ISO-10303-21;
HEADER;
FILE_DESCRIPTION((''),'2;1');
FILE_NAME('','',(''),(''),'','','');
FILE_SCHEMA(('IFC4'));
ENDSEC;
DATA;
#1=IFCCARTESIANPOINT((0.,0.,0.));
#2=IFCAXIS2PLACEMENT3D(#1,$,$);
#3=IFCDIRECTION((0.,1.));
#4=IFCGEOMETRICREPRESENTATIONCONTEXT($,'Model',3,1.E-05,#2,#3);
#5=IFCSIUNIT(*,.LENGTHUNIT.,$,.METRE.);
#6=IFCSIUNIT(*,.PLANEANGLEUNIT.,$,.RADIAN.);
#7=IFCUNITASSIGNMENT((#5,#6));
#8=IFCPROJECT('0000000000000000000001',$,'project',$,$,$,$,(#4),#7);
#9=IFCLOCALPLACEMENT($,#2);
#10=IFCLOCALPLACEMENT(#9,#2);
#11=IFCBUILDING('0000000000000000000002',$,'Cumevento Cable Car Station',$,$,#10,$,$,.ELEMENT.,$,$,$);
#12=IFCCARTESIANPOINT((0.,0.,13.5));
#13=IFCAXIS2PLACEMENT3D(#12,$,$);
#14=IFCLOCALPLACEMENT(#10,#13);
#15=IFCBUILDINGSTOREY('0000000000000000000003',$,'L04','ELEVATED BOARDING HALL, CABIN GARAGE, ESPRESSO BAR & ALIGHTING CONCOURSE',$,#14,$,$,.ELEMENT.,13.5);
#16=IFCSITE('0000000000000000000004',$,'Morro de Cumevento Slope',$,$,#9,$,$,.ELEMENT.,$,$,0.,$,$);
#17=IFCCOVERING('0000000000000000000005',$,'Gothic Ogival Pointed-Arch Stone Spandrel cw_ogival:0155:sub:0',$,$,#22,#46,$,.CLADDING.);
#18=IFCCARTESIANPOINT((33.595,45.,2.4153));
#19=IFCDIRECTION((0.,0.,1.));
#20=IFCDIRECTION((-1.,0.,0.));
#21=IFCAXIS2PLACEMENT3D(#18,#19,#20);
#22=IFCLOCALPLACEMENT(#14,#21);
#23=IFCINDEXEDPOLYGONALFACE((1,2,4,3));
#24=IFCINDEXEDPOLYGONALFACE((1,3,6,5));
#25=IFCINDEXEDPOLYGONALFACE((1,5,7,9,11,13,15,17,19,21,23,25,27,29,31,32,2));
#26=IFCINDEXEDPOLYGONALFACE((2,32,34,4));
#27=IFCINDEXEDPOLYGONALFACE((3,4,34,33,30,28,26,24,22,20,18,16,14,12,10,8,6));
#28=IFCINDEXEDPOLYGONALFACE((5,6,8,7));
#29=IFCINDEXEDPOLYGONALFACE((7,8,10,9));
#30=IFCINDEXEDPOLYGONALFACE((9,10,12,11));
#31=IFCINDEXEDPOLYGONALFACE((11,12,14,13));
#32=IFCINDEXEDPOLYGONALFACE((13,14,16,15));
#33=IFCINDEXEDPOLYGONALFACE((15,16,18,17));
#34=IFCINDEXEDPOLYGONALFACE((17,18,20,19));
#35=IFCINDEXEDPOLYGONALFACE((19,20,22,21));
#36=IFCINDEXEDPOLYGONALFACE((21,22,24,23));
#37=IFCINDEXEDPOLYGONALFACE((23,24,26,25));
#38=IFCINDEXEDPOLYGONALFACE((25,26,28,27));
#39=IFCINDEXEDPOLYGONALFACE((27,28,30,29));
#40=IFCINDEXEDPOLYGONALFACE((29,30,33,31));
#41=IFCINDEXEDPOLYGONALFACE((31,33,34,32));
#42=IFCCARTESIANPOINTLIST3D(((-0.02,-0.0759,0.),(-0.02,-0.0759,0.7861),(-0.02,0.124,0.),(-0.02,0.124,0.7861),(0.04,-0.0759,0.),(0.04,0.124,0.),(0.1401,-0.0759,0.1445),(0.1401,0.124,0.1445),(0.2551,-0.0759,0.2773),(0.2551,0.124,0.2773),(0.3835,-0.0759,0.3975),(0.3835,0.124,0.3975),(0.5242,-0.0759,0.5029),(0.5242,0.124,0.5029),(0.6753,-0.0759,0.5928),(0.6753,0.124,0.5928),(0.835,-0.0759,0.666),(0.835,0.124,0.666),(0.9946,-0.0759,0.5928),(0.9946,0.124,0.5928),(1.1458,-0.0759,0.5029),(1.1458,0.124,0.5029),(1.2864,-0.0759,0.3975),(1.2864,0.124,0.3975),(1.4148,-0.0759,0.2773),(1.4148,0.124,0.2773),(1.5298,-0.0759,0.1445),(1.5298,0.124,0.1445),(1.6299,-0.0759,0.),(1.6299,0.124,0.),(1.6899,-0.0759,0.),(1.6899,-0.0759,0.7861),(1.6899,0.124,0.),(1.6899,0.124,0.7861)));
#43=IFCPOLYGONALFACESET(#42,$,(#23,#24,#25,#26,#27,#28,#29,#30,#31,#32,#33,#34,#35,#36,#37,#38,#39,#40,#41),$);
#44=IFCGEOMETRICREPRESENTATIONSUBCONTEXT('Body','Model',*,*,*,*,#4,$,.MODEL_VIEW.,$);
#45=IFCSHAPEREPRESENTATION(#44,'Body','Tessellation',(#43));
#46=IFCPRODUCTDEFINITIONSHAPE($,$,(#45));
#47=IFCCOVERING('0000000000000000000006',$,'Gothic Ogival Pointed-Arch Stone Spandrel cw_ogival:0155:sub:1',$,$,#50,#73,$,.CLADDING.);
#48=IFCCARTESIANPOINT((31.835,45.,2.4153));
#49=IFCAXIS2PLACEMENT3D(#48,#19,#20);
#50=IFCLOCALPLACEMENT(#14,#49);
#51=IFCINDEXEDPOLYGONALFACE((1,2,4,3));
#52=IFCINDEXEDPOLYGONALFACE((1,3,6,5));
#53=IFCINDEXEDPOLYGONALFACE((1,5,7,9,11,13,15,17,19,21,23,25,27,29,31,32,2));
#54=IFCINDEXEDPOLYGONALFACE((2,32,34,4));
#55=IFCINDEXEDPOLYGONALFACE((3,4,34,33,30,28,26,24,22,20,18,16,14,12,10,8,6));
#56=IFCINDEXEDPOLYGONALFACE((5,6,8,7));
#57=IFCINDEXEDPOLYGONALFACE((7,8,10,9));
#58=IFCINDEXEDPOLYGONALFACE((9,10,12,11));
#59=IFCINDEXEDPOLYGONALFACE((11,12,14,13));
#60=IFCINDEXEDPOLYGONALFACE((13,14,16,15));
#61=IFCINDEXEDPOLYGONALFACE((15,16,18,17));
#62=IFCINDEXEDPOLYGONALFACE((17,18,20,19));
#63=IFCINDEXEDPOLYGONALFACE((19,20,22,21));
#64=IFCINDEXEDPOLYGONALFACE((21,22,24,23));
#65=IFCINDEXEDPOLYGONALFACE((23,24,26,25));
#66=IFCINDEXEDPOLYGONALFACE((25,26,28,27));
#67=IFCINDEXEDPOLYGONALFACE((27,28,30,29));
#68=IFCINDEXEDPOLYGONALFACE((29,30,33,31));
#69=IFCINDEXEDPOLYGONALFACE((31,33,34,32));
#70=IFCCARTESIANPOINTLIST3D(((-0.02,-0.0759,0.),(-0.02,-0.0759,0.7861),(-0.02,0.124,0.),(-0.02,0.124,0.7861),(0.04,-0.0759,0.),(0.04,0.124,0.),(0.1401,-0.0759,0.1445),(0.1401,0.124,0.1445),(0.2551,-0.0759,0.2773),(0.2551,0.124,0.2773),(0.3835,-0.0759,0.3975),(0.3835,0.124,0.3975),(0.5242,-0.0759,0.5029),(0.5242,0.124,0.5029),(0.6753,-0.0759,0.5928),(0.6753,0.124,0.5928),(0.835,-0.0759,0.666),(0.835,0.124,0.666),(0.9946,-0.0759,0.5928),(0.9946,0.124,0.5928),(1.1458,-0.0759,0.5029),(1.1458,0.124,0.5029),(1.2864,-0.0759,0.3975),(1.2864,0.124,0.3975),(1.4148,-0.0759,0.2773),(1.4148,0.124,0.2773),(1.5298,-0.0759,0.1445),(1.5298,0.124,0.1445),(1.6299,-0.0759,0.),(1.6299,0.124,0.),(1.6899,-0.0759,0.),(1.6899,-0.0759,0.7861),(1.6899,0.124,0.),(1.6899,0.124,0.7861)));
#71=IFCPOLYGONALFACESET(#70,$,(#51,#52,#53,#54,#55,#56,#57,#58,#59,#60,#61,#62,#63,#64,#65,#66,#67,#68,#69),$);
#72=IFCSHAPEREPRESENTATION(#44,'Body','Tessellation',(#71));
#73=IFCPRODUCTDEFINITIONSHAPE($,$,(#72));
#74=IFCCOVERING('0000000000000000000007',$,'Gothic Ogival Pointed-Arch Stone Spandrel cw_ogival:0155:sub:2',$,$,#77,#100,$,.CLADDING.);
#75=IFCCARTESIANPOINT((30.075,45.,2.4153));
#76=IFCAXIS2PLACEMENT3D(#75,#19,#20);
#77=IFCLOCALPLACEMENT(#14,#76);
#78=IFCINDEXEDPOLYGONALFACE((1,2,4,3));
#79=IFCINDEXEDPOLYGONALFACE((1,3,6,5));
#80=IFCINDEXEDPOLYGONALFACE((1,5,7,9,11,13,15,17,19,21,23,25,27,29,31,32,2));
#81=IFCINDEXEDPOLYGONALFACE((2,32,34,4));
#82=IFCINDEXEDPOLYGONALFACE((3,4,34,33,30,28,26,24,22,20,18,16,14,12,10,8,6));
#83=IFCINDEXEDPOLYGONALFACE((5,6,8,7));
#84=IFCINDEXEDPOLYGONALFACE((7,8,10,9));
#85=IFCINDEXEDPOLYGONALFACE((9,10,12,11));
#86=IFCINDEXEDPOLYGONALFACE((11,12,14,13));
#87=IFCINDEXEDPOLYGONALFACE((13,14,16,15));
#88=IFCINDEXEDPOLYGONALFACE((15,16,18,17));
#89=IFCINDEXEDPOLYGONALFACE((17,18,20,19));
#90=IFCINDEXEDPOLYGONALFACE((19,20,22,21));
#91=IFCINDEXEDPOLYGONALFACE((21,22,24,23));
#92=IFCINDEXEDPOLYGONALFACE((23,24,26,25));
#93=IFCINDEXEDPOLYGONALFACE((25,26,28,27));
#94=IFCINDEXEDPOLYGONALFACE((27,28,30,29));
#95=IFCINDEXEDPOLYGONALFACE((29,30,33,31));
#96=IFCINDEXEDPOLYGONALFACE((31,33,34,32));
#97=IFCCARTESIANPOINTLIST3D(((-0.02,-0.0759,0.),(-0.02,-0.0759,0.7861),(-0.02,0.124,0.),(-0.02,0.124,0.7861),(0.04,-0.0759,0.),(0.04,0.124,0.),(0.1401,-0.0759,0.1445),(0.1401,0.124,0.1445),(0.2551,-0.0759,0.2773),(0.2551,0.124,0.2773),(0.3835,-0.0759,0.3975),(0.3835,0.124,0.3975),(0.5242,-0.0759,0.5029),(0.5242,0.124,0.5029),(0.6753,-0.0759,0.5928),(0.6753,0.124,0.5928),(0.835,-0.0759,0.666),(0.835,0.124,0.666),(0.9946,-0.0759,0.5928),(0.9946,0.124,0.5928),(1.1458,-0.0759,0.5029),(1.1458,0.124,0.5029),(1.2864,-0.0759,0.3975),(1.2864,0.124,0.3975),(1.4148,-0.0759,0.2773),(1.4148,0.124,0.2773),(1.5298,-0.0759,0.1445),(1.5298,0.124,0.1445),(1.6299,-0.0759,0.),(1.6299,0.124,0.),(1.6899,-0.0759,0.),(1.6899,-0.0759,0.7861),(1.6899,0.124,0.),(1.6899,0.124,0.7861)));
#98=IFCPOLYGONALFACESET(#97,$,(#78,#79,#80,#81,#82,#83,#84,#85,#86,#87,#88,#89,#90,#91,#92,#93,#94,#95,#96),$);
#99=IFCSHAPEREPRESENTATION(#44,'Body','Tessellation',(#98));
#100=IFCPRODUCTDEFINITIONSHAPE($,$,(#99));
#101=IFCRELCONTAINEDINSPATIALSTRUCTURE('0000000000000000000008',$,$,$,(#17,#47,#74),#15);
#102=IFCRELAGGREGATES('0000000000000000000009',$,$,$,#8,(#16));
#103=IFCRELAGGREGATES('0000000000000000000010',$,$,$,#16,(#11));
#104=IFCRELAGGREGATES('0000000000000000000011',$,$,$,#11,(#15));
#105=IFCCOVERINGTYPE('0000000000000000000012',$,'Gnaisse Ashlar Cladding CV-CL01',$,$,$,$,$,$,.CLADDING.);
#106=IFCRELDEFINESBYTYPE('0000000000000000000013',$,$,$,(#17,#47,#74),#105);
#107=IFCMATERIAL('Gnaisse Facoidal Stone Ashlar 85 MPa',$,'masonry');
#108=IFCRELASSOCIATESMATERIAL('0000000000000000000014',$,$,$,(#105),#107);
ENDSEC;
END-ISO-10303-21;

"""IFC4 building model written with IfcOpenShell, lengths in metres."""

from ifc_helpers import new_model, si_unit, direction, frame, origin, place, context, subcontext, project, spatial, polyline, outline, extrude, material, type_object, element, save


model = new_model("IFC4")

# Units and contexts
model_context = context("Model", 3, precision=1e-05, world=origin(), true_north=direction((0.0, 1.0)))
body_context = subcontext(model_context, "Body", "Model", "MODEL_VIEW")
ifc_project = project(units=[si_unit("LENGTHUNIT", "METRE"), si_unit("PLANEANGLEUNIT", "RADIAN")], contexts=[model_context])

# Site, building, storey
site_placement = place(None, origin())
site = spatial("IfcSite", under=ifc_project, at=site_placement, Name="Morro de Cumevento Slope", CompositionType="ELEMENT", RefElevation=0.0)
building_placement = place(site_placement, origin())
building = spatial("IfcBuilding", under=site, at=building_placement, Name="Cumevento Cable Car Station", CompositionType="ELEMENT")
storey_placement = place(building_placement, frame((0.0, 0.0, 13.5)))
storey = spatial("IfcBuildingStorey", under=building, at=storey_placement, Name="L04", Description="ELEVATED BOARDING HALL, CABIN GARAGE, ESPRESSO BAR & ALIGHTING CONCOURSE", CompositionType="ELEMENT", Elevation=13.5)

# Coverings
ifc_material_1 = material(Name="Gnaisse Facoidal Stone Ashlar 85 MPa", Category="masonry")
covering_type = type_object("IfcCoveringType", Name="Gnaisse Ashlar Cladding CV-CL01", PredefinedType="CLADDING", material=ifc_material_1)
for number, where, z_axis, x_axis, name in (
    (1, (33.595, 45.0, 2.4153), (0.0, 0.0, 1.0), (-1.0, 0.0, 0.0), "Gothic Ogival Pointed-Arch Stone Spandrel cw_ogival:0155:sub:0"),
    (2, (31.835, 45.0, 2.4153), (0.0, 0.0, 1.0), (-1.0, 0.0, 0.0), "Gothic Ogival Pointed-Arch Stone Spandrel cw_ogival:0155:sub:1"),
    (3, (30.075, 45.0, 2.4153), (0.0, 0.0, 1.0), (-1.0, 0.0, 0.0), "Gothic Ogival Pointed-Arch Stone Spandrel cw_ogival:0155:sub:2"),
):
    element("IfcCovering", number, at=place(storey_placement, frame(where, z_axis=z_axis, x_axis=x_axis)), inside=storey, type_object=covering_type, Name=name, PredefinedType="CLADDING", context=body_context, shape_type="SweptSolid", body=[
        extrude(outline(polyline([(-0.02, 0.0), (-0.02, 0.7861), (1.6899, 0.7861), (1.6899, 0.0), (1.6299, 0.0), (1.5298, 0.1445), (1.4148, 0.2773), (1.2864, 0.3975), (1.1458, 0.5029), (0.9946, 0.5928), (0.835, 0.666), (0.6753, 0.5928), (0.5242, 0.5029), (0.3835, 0.3975), (0.2551, 0.2773), (0.1401, 0.1445), (0.04, 0.0), (-0.02, 0.0)])), frame((0.0, 0.124, 0.0), z_axis=(0.0, -1.0, 0.0), x_axis=(1.0, 0.0, 0.0)), (0.0, 0.0, 1.0), 0.2),
    ])

save(model, "model.ifc")
